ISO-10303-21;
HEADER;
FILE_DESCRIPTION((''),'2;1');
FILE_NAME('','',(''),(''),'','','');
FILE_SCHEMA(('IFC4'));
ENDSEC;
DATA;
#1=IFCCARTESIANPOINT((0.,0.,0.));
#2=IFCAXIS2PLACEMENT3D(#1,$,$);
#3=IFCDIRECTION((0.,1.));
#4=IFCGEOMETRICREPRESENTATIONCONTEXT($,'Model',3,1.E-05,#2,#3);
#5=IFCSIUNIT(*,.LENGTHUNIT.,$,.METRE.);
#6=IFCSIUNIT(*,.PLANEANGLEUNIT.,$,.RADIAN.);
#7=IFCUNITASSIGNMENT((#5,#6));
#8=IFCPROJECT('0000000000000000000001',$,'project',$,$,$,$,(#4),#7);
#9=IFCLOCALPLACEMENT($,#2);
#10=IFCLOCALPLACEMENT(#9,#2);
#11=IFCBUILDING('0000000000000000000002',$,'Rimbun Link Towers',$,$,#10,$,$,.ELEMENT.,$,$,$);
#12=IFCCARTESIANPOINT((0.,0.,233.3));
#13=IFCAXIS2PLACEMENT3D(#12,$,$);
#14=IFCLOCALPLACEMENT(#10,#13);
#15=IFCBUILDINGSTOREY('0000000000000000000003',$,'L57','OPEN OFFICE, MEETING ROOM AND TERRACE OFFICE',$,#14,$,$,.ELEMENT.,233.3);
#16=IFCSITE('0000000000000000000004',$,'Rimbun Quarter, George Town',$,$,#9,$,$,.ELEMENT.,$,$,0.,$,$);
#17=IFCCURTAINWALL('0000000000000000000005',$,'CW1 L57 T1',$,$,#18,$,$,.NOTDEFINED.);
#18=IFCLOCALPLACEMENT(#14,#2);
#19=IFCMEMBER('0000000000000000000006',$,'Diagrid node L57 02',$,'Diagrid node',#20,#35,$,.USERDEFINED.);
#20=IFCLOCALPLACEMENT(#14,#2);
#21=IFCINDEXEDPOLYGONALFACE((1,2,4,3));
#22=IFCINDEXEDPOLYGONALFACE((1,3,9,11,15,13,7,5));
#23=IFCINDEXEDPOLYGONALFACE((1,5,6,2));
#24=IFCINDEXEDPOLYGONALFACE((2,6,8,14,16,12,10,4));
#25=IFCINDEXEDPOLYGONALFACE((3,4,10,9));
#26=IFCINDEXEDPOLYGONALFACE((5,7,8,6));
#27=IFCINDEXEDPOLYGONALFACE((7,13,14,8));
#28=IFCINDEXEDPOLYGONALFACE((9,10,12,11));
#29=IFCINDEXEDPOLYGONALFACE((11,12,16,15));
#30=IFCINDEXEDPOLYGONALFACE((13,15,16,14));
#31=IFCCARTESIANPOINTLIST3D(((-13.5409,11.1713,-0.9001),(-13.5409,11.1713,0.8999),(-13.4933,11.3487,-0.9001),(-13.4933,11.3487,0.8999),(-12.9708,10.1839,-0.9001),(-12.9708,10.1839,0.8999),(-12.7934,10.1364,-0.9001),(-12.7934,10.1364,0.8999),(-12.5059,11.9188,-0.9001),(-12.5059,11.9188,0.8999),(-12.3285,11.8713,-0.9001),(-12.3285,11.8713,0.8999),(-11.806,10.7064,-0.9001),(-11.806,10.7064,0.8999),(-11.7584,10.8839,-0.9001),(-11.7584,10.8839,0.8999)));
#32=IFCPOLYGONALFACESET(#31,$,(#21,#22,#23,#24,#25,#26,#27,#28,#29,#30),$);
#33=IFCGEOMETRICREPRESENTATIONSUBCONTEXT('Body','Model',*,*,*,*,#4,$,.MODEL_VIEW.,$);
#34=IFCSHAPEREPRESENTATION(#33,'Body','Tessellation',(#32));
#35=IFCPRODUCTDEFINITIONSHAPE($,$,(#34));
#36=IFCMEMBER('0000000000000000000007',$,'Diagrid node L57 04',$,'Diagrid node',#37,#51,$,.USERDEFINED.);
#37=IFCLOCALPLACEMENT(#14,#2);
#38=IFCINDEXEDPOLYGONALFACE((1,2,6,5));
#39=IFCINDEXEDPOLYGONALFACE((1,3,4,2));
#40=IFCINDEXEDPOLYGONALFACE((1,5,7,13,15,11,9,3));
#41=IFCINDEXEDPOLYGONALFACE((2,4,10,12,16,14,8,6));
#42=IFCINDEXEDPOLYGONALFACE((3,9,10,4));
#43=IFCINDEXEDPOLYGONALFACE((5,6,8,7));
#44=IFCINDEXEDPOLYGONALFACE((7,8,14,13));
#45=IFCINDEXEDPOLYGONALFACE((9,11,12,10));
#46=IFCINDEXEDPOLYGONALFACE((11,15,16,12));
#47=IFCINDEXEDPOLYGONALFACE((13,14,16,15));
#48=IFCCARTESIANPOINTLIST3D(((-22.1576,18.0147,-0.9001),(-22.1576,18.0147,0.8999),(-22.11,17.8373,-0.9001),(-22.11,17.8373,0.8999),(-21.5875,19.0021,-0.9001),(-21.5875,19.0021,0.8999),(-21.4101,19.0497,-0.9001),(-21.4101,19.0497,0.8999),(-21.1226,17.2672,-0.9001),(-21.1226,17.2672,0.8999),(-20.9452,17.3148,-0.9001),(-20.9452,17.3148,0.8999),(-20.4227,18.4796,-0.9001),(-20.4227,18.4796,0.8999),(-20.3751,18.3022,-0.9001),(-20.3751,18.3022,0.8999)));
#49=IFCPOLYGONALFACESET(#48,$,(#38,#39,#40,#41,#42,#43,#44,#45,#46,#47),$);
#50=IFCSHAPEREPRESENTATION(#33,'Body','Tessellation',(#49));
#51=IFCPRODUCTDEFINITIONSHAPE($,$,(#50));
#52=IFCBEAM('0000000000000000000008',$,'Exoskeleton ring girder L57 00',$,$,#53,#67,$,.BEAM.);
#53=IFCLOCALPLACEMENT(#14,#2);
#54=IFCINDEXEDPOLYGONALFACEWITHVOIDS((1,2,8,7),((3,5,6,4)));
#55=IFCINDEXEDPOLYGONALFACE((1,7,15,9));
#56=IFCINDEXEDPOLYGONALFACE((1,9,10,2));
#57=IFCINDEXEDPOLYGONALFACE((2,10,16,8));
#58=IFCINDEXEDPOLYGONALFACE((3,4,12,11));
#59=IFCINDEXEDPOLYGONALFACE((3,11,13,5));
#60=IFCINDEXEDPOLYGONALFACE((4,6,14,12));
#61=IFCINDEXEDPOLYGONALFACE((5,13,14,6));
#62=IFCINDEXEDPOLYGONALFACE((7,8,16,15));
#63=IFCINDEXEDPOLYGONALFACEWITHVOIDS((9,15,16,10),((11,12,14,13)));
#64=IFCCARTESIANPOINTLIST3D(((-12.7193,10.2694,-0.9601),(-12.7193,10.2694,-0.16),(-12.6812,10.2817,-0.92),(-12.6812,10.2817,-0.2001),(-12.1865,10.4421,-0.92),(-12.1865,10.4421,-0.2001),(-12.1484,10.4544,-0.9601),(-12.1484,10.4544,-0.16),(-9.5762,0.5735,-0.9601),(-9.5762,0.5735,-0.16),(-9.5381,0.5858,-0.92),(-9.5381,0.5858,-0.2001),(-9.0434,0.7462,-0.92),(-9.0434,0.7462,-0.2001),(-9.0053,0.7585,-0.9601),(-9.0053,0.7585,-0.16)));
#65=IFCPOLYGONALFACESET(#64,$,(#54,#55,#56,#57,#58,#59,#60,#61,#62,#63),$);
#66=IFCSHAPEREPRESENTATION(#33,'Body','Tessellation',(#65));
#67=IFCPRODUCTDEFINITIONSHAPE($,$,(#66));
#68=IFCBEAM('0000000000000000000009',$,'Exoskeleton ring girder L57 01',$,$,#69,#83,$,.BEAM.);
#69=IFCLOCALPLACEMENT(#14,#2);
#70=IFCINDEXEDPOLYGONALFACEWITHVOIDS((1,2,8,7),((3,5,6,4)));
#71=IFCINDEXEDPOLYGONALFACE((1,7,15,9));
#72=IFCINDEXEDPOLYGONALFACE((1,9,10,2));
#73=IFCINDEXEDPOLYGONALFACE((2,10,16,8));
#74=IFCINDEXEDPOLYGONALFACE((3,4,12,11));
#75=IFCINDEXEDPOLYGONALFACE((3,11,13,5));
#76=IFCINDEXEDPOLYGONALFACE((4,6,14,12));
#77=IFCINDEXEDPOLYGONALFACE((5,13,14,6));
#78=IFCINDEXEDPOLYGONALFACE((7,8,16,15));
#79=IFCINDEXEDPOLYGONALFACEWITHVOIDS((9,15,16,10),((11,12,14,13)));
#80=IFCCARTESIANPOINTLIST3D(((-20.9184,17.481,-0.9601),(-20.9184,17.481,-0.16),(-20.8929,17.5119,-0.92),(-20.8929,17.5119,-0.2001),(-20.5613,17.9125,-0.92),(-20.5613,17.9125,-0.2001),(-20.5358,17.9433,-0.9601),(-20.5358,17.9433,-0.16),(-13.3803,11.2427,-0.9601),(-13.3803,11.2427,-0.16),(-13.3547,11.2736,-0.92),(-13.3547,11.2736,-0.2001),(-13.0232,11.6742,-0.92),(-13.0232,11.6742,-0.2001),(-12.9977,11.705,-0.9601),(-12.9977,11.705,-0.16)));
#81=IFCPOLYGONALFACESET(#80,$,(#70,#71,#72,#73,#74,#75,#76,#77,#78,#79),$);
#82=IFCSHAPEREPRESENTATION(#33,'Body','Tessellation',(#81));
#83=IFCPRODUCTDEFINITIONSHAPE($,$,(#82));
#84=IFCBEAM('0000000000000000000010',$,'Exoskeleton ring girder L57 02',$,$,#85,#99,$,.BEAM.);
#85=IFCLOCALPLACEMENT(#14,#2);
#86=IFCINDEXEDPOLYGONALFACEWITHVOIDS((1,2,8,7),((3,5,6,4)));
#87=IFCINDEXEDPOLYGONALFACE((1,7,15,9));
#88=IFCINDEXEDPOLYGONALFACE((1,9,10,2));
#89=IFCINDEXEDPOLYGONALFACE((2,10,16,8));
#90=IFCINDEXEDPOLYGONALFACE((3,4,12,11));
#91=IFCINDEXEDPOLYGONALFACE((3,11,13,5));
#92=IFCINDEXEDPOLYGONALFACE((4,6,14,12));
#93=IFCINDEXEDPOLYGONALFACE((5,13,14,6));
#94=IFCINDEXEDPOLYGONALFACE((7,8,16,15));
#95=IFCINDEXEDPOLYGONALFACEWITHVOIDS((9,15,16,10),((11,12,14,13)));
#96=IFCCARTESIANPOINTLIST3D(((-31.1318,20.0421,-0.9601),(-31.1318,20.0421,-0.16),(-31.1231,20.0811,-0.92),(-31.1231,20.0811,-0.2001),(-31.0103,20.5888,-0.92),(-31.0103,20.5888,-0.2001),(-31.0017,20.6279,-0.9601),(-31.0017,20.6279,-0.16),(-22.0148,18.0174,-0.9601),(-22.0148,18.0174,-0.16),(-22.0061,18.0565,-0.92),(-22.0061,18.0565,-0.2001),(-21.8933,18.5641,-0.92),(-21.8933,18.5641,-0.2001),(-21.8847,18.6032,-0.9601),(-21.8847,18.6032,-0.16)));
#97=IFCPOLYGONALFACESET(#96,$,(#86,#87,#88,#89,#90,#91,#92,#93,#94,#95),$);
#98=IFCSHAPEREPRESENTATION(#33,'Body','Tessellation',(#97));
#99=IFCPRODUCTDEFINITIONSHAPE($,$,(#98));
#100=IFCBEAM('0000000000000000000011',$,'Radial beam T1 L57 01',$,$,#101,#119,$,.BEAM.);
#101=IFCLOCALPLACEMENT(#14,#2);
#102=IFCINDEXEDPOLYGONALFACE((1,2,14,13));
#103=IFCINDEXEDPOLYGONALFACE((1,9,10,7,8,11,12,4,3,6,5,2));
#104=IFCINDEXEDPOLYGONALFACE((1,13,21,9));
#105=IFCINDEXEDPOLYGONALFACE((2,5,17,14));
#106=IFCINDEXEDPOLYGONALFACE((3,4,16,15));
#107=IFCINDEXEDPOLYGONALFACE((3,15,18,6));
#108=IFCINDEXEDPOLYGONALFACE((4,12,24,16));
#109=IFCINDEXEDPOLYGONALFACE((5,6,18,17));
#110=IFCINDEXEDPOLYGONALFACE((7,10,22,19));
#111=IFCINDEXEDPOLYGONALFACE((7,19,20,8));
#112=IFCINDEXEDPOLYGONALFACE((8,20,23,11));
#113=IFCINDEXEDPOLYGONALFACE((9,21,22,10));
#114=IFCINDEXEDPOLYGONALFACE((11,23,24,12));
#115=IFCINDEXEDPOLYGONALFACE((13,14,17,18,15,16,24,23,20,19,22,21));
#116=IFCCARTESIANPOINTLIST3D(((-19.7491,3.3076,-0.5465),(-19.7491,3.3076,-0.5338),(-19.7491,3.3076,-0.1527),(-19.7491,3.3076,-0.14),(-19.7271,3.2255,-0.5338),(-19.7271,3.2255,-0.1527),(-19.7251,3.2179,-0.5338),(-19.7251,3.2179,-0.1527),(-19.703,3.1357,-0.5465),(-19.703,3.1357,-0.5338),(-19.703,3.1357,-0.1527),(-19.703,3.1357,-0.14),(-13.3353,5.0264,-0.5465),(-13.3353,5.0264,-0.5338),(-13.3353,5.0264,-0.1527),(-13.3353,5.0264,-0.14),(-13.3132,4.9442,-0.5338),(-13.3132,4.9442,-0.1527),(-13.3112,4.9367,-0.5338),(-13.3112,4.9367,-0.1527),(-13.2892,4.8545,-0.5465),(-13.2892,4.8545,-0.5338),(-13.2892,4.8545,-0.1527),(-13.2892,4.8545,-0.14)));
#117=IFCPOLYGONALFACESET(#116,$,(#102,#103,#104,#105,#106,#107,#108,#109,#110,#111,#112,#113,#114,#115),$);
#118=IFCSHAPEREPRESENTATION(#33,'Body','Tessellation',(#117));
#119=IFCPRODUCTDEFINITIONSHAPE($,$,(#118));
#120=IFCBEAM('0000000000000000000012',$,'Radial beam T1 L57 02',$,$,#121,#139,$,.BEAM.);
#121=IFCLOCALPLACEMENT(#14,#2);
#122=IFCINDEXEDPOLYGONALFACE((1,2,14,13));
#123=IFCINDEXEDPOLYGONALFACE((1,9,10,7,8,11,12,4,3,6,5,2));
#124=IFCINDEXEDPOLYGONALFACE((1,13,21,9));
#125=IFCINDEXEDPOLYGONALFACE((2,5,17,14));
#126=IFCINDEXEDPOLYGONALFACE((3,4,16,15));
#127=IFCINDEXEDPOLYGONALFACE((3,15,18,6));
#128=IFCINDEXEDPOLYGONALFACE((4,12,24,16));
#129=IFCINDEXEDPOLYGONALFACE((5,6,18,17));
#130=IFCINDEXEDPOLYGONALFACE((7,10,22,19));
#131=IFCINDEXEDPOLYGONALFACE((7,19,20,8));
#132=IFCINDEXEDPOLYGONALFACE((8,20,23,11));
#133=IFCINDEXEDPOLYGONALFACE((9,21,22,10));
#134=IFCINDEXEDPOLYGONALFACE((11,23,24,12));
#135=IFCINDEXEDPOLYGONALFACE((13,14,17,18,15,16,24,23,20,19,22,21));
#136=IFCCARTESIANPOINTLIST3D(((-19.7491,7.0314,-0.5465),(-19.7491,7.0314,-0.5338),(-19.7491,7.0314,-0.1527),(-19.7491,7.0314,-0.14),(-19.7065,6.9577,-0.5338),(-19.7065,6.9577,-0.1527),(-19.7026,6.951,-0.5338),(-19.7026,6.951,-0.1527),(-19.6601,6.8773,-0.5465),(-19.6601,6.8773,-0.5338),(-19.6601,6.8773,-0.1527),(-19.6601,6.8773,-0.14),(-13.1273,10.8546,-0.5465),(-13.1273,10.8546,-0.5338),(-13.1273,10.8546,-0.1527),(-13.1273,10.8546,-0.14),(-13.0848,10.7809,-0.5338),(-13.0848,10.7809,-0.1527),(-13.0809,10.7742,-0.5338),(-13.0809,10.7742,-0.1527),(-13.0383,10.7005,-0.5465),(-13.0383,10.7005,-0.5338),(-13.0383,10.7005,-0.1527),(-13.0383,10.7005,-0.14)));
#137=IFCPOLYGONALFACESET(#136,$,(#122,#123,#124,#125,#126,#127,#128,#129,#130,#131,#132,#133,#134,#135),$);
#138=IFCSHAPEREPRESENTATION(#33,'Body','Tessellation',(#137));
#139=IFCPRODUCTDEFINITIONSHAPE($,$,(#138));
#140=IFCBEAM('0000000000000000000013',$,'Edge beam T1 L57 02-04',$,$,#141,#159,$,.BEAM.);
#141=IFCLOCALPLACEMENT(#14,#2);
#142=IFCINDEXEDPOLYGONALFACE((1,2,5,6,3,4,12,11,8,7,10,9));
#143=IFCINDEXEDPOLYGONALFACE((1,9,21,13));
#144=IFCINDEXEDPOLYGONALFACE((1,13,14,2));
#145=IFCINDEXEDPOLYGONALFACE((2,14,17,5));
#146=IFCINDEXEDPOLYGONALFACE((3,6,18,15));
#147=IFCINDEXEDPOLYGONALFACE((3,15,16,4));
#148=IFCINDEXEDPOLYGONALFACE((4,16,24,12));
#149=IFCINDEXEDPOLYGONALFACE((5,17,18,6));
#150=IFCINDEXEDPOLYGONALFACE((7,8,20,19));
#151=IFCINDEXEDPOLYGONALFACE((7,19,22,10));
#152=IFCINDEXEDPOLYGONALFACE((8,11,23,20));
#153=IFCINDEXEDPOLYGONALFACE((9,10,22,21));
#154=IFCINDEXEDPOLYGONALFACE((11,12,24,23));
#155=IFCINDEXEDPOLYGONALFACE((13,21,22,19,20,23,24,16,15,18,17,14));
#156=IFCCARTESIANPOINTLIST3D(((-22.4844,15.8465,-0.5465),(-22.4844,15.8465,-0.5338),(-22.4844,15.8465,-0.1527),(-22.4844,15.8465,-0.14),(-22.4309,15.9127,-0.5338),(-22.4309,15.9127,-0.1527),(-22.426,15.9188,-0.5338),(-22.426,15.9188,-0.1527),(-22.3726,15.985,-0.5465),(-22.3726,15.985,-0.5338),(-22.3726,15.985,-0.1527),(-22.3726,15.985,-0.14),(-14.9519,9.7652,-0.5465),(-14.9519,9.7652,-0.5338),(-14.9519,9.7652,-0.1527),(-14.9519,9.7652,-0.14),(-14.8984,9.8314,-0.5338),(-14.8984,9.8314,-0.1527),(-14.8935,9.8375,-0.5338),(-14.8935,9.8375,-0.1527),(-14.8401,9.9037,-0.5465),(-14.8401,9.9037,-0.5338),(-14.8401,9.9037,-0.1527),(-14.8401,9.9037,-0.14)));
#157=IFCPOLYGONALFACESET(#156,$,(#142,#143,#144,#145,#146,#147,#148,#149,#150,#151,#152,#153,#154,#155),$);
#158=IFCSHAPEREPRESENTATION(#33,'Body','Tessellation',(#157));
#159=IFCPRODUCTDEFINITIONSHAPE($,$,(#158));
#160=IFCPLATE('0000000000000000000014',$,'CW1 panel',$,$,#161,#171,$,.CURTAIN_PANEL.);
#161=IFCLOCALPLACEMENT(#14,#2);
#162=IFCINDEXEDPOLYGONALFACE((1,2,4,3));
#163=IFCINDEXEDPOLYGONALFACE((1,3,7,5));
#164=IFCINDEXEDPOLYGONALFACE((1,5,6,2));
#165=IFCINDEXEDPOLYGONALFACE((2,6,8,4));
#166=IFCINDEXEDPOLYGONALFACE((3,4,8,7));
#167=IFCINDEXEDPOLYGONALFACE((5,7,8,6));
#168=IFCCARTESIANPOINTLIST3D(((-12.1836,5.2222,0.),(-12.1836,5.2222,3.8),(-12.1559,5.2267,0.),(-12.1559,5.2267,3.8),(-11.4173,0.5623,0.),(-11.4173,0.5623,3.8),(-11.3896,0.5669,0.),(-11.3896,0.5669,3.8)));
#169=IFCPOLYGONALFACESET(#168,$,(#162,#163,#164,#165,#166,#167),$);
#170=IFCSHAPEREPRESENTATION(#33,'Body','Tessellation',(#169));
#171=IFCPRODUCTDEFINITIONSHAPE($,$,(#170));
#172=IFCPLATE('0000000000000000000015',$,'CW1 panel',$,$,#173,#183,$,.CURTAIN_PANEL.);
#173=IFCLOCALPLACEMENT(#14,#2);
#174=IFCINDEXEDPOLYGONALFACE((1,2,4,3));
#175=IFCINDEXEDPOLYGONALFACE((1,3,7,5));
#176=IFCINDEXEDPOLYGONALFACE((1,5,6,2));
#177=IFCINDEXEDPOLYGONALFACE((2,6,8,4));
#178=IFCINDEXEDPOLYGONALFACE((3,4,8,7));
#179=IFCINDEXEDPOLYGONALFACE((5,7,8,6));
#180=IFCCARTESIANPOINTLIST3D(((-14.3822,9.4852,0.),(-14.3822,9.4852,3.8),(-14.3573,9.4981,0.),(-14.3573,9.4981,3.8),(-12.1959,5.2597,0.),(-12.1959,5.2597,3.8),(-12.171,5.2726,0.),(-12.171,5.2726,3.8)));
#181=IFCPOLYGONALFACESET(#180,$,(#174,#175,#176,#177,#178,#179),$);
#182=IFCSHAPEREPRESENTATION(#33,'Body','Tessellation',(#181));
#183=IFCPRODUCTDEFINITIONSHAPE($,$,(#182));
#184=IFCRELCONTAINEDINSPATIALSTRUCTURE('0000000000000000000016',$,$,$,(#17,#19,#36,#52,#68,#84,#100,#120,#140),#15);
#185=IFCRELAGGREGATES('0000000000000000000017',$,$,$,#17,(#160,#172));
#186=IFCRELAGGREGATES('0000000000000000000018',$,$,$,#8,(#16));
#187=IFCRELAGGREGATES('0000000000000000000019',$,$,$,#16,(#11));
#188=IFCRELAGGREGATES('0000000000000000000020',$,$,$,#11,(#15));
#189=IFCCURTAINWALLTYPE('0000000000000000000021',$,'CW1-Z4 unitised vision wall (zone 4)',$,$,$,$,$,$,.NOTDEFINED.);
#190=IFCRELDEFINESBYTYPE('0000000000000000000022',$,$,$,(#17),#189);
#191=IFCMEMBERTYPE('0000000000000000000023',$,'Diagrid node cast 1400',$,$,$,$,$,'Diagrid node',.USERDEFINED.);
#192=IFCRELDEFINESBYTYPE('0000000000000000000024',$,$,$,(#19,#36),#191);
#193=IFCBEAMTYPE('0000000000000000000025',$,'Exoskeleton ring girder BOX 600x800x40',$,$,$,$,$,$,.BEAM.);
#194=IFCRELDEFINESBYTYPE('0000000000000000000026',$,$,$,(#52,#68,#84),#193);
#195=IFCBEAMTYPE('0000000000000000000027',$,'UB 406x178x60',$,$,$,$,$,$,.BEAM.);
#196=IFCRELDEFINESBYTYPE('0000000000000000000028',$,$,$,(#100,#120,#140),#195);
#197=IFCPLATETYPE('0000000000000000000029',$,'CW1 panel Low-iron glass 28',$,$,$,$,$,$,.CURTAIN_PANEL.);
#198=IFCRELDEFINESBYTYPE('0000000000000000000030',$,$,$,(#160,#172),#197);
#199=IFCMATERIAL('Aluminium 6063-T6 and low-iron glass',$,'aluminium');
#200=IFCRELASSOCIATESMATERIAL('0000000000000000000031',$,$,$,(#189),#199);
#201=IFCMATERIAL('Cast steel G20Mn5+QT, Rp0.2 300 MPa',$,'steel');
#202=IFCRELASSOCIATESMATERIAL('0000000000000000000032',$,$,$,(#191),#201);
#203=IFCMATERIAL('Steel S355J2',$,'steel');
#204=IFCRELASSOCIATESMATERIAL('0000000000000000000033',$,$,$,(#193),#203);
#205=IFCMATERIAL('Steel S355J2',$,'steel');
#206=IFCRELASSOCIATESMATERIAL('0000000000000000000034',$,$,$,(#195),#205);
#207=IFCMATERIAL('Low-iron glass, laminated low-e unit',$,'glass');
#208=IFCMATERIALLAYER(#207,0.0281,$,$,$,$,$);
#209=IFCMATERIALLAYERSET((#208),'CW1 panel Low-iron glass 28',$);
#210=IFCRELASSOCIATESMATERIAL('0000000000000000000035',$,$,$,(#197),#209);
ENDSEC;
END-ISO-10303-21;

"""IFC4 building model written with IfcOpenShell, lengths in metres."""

from ifc_helpers import new_model, si_unit, direction, frame, origin, origin_2d, place, context, subcontext, project, spatial, polyline, rectangle, hollow_rectangle, i_section, outline, extrude, material, layer, layer_set, material_profile, profile_set, type_object, element, aggregate, save


model = new_model("IFC4")

# Units and contexts
model_context = context("Model", 3, precision=1e-05, world=origin(), true_north=direction((0.0, 1.0)))
body_context = subcontext(model_context, "Body", "Model", "MODEL_VIEW")
ifc_project = project(units=[si_unit("LENGTHUNIT", "METRE"), si_unit("PLANEANGLEUNIT", "RADIAN")], contexts=[model_context])

# Site, building, storey
site_placement = place(None, origin())
site = spatial("IfcSite", under=ifc_project, at=site_placement, Name="Rimbun Quarter, George Town", CompositionType="ELEMENT", RefElevation=0.0)
building_placement = place(site_placement, origin())
building = spatial("IfcBuilding", under=site, at=building_placement, Name="Rimbun Link Towers", CompositionType="ELEMENT")
storey_placement = place(building_placement, frame((0.0, 0.0, 233.3)))
storey = spatial("IfcBuildingStorey", under=building, at=storey_placement, Name="L57", Description="OPEN OFFICE, MEETING ROOM AND TERRACE OFFICE", CompositionType="ELEMENT", Elevation=233.3)

# Curtain wall
ifc_material_1 = material(Name="Aluminium 6063-T6 and low-iron glass", Category="aluminium")
curtain_wall_type = type_object("IfcCurtainWallType", Name="CW1-Z4 unitised vision wall (zone 4)", PredefinedType="NOTDEFINED", material=ifc_material_1)
curtain_wall_placement = place(storey_placement, origin())
curtain_wall = element("IfcCurtainWall", 1, at=curtain_wall_placement, inside=storey, type_object=curtain_wall_type, Name="CW1 L57 T1", PredefinedType="NOTDEFINED")

# Members
ifc_material_2 = material(Name="Cast steel G20Mn5+QT, Rp0.2 300 MPa", Category="steel")
ifc_material_profile_1 = material_profile(ifc_material_2, outline(polyline([(0.7, -0.5701), (0.7, 0.5701), (0.5701, 0.7), (-0.5701, 0.7), (-0.7, 0.5701), (-0.7, -0.5701), (-0.5701, -0.7), (0.5701, -0.7), (0.7, -0.5701)])), Name="NODE 1400x1400")
ifc_profile_set_1 = profile_set([ifc_material_profile_1], Name="Cast steel G20Mn5+QT, Rp0.2 300 MPa")
member_type_1 = type_object("IfcMemberType", Name="Diagrid node cast 1400", ElementType="Diagrid node", PredefinedType="USERDEFINED", material=ifc_profile_set_1)
for number, where, z_axis, x_axis, name in (
    (2, (-12.6497, 11.0276, -0.9001), (0.0, 0.0, 1.0), (0.866025, 0.5, 0.0), "Diagrid node L57 02"),
    (3, (-21.2664, 18.1584, -0.9001), (0.0, 0.0, 1.0), (0.5, 0.866025, 0.0), "Diagrid node L57 04"),
):
    element("IfcMember", number, at=place(storey_placement, frame(where, z_axis=z_axis, x_axis=x_axis)), inside=storey, type_object=member_type_1, Name=name, ObjectType="Diagrid node", PredefinedType="USERDEFINED", context=body_context, shape_type="SweptSolid", body=[
        extrude(outline(polyline([(0.7, -0.5701), (0.7, 0.5701), (0.5701, 0.7), (-0.5701, 0.7), (-0.7, 0.5701), (-0.7, -0.5701), (-0.5701, -0.7), (0.5701, -0.7), (0.7, -0.5701)])), origin(), (0.0, 0.0, 1.0), 1.8),
    ])

# Beams
ifc_material_3 = material(Name="Steel S355J2", Category="steel")
ifc_material_profile_2 = material_profile(ifc_material_3, hollow_rectangle(XDim=0.6001, YDim=0.8, WallThickness=0.04, at=origin_2d()), Name="Exoskeleton ring girder BOX 600x800x40")
ifc_profile_set_2 = profile_set([ifc_material_profile_2], Name="Steel S355J2")
beam_type_1 = type_object("IfcBeamType", Name="Exoskeleton ring girder BOX 600x800x40", PredefinedType="BEAM", material=ifc_profile_set_2)
beam_1_placement = place(storey_placement, frame((-9.2908, 0.666, -0.5601), z_axis=(-0.30837, 0.951267, 0.0), x_axis=(-0.951267, -0.30837, 0.0)))
element("IfcBeam", 4, at=beam_1_placement, inside=storey, type_object=beam_type_1, Name="Exoskeleton ring girder L57 00", PredefinedType="BEAM", context=body_context, shape_type="SweptSolid", body=[
    extrude(hollow_rectangle(XDim=0.6001, YDim=0.8, WallThickness=0.04, at=origin_2d()), origin(), (0.0, 0.0, 1.0), 10.1926),
])
beam_2_placement = place(storey_placement, frame((-13.189, 11.4739, -0.5601), z_axis=(-0.770401, 0.63756, 0.0), x_axis=(-0.63756, -0.770401, 0.0)))
element("IfcBeam", 5, at=beam_2_placement, inside=storey, type_object=beam_type_1, Name="Exoskeleton ring girder L57 01", PredefinedType="BEAM", context=body_context, shape_type="SweptSolid", body=[
    extrude(hollow_rectangle(XDim=0.6001, YDim=0.8, WallThickness=0.04, at=origin_2d()), origin(), (0.0, 0.0, 1.0), 9.7847),
])
beam_3_placement = place(storey_placement, frame((-21.9497, 18.3103, -0.5601), z_axis=(-0.976217, 0.216795, 0.0), x_axis=(-0.216795, -0.976217, 0.0)))
element("IfcBeam", 6, at=beam_3_placement, inside=storey, type_object=beam_type_1, Name="Exoskeleton ring girder L57 02", PredefinedType="BEAM", context=body_context, shape_type="SweptSolid", body=[
    extrude(hollow_rectangle(XDim=0.6001, YDim=0.8, WallThickness=0.04, at=origin_2d()), origin(), (0.0, 0.0, 1.0), 9.3391),
])
ifc_material_4 = material(Name="Steel S355J2", Category="steel")
ifc_material_profile_3 = material_profile(ifc_material_4, i_section(OverallWidth=0.178, OverallDepth=0.4065, WebThickness=0.0078, FlangeThickness=0.0127, at=origin_2d()), Name="UB 406x178x60")
ifc_profile_set_3 = profile_set([ifc_material_profile_3], Name="Steel S355J2")
beam_type_2 = type_object("IfcBeamType", Name="UB 406x178x60", PredefinedType="BEAM", material=ifc_profile_set_3)
beam_4_placement = place(storey_placement, frame((-19.7261, 3.2217, -0.3433), z_axis=(0.965919, 0.258843, 0.0), x_axis=(-0.258843, 0.965919, 0.0)))
element("IfcBeam", 7, at=beam_4_placement, inside=storey, type_object=beam_type_2, Name="Radial beam T1 L57 01", PredefinedType="BEAM", context=body_context, shape_type="SweptSolid", body=[
    extrude(i_section(OverallWidth=0.178, OverallDepth=0.4065, WebThickness=0.0078, FlangeThickness=0.0127, at=origin_2d()), origin(), (0.0, 0.0, 1.0), 6.6401),
])
beam_5_placement = place(storey_placement, frame((-19.7046, 6.9543, -0.3433), z_axis=(0.866018, 0.500013, 0.0), x_axis=(-0.500013, 0.866018, 0.0)))
element("IfcBeam", 8, at=beam_5_placement, inside=storey, type_object=beam_type_2, Name="Radial beam T1 L57 02", PredefinedType="BEAM", context=body_context, shape_type="SweptSolid", body=[
    extrude(i_section(OverallWidth=0.178, OverallDepth=0.4065, WebThickness=0.0078, FlangeThickness=0.0127, at=origin_2d()), origin(), (0.0, 0.0, 1.0), 7.6462),
])
beam_6_placement = place(storey_placement, frame((-14.896, 9.8345, -0.3433), z_axis=(-0.778073, 0.628173, 0.0), x_axis=(-0.628173, -0.778073, 0.0)))
element("IfcBeam", 9, at=beam_6_placement, inside=storey, type_object=beam_type_2, Name="Edge beam T1 L57 02-04", PredefinedType="BEAM", context=body_context, shape_type="SweptSolid", body=[
    extrude(i_section(OverallWidth=0.178, OverallDepth=0.4065, WebThickness=0.0078, FlangeThickness=0.0127, at=origin_2d()), origin(), (0.0, 0.0, 1.0), 9.6809),
])

# Plates
ifc_material_5 = material(Name="Low-iron glass, laminated low-e unit", Category="glass")
ifc_layer_1 = layer(ifc_material_5, 0.0281)
ifc_layer_set_1 = layer_set([ifc_layer_1], Name="CW1 panel Low-iron glass 28")
plate_type = type_object("IfcPlateType", Name="CW1 panel Low-iron glass 28", PredefinedType="CURTAIN_PANEL", material=ifc_layer_set_1)
plate_1_placement = place(storey_placement, frame((-11.7866, 2.8945, 0.0), z_axis=(0.0, 0.0, 1.0), x_axis=(0.162262, -0.986748, 0.0)))
plate_1 = element("IfcPlate", 10, at=plate_1_placement, type_object=plate_type, Name="CW1 panel", PredefinedType="CURTAIN_PANEL", context=body_context, shape_type="SweptSolid", body=[
    extrude(rectangle(XDim=4.7224, YDim=0.0281, at=origin_2d()), origin(), (0.0, 0.0, 1.0), 3.8),
])
plate_2_placement = place(storey_placement, frame((-13.2766, 7.3789, 0.0), z_axis=(0.0, 0.0, 1.0), x_axis=(0.45955, -0.888152, 0.0)))
plate_2 = element("IfcPlate", 11, at=plate_2_placement, type_object=plate_type, Name="CW1 panel", PredefinedType="CURTAIN_PANEL", context=body_context, shape_type="SweptSolid", body=[
    extrude(rectangle(XDim=4.7576, YDim=0.0281, at=origin_2d()), origin(), (0.0, 0.0, 1.0), 3.8),
])
aggregate(curtain_wall, [plate_1, plate_2])

save(model, "model.ifc")
